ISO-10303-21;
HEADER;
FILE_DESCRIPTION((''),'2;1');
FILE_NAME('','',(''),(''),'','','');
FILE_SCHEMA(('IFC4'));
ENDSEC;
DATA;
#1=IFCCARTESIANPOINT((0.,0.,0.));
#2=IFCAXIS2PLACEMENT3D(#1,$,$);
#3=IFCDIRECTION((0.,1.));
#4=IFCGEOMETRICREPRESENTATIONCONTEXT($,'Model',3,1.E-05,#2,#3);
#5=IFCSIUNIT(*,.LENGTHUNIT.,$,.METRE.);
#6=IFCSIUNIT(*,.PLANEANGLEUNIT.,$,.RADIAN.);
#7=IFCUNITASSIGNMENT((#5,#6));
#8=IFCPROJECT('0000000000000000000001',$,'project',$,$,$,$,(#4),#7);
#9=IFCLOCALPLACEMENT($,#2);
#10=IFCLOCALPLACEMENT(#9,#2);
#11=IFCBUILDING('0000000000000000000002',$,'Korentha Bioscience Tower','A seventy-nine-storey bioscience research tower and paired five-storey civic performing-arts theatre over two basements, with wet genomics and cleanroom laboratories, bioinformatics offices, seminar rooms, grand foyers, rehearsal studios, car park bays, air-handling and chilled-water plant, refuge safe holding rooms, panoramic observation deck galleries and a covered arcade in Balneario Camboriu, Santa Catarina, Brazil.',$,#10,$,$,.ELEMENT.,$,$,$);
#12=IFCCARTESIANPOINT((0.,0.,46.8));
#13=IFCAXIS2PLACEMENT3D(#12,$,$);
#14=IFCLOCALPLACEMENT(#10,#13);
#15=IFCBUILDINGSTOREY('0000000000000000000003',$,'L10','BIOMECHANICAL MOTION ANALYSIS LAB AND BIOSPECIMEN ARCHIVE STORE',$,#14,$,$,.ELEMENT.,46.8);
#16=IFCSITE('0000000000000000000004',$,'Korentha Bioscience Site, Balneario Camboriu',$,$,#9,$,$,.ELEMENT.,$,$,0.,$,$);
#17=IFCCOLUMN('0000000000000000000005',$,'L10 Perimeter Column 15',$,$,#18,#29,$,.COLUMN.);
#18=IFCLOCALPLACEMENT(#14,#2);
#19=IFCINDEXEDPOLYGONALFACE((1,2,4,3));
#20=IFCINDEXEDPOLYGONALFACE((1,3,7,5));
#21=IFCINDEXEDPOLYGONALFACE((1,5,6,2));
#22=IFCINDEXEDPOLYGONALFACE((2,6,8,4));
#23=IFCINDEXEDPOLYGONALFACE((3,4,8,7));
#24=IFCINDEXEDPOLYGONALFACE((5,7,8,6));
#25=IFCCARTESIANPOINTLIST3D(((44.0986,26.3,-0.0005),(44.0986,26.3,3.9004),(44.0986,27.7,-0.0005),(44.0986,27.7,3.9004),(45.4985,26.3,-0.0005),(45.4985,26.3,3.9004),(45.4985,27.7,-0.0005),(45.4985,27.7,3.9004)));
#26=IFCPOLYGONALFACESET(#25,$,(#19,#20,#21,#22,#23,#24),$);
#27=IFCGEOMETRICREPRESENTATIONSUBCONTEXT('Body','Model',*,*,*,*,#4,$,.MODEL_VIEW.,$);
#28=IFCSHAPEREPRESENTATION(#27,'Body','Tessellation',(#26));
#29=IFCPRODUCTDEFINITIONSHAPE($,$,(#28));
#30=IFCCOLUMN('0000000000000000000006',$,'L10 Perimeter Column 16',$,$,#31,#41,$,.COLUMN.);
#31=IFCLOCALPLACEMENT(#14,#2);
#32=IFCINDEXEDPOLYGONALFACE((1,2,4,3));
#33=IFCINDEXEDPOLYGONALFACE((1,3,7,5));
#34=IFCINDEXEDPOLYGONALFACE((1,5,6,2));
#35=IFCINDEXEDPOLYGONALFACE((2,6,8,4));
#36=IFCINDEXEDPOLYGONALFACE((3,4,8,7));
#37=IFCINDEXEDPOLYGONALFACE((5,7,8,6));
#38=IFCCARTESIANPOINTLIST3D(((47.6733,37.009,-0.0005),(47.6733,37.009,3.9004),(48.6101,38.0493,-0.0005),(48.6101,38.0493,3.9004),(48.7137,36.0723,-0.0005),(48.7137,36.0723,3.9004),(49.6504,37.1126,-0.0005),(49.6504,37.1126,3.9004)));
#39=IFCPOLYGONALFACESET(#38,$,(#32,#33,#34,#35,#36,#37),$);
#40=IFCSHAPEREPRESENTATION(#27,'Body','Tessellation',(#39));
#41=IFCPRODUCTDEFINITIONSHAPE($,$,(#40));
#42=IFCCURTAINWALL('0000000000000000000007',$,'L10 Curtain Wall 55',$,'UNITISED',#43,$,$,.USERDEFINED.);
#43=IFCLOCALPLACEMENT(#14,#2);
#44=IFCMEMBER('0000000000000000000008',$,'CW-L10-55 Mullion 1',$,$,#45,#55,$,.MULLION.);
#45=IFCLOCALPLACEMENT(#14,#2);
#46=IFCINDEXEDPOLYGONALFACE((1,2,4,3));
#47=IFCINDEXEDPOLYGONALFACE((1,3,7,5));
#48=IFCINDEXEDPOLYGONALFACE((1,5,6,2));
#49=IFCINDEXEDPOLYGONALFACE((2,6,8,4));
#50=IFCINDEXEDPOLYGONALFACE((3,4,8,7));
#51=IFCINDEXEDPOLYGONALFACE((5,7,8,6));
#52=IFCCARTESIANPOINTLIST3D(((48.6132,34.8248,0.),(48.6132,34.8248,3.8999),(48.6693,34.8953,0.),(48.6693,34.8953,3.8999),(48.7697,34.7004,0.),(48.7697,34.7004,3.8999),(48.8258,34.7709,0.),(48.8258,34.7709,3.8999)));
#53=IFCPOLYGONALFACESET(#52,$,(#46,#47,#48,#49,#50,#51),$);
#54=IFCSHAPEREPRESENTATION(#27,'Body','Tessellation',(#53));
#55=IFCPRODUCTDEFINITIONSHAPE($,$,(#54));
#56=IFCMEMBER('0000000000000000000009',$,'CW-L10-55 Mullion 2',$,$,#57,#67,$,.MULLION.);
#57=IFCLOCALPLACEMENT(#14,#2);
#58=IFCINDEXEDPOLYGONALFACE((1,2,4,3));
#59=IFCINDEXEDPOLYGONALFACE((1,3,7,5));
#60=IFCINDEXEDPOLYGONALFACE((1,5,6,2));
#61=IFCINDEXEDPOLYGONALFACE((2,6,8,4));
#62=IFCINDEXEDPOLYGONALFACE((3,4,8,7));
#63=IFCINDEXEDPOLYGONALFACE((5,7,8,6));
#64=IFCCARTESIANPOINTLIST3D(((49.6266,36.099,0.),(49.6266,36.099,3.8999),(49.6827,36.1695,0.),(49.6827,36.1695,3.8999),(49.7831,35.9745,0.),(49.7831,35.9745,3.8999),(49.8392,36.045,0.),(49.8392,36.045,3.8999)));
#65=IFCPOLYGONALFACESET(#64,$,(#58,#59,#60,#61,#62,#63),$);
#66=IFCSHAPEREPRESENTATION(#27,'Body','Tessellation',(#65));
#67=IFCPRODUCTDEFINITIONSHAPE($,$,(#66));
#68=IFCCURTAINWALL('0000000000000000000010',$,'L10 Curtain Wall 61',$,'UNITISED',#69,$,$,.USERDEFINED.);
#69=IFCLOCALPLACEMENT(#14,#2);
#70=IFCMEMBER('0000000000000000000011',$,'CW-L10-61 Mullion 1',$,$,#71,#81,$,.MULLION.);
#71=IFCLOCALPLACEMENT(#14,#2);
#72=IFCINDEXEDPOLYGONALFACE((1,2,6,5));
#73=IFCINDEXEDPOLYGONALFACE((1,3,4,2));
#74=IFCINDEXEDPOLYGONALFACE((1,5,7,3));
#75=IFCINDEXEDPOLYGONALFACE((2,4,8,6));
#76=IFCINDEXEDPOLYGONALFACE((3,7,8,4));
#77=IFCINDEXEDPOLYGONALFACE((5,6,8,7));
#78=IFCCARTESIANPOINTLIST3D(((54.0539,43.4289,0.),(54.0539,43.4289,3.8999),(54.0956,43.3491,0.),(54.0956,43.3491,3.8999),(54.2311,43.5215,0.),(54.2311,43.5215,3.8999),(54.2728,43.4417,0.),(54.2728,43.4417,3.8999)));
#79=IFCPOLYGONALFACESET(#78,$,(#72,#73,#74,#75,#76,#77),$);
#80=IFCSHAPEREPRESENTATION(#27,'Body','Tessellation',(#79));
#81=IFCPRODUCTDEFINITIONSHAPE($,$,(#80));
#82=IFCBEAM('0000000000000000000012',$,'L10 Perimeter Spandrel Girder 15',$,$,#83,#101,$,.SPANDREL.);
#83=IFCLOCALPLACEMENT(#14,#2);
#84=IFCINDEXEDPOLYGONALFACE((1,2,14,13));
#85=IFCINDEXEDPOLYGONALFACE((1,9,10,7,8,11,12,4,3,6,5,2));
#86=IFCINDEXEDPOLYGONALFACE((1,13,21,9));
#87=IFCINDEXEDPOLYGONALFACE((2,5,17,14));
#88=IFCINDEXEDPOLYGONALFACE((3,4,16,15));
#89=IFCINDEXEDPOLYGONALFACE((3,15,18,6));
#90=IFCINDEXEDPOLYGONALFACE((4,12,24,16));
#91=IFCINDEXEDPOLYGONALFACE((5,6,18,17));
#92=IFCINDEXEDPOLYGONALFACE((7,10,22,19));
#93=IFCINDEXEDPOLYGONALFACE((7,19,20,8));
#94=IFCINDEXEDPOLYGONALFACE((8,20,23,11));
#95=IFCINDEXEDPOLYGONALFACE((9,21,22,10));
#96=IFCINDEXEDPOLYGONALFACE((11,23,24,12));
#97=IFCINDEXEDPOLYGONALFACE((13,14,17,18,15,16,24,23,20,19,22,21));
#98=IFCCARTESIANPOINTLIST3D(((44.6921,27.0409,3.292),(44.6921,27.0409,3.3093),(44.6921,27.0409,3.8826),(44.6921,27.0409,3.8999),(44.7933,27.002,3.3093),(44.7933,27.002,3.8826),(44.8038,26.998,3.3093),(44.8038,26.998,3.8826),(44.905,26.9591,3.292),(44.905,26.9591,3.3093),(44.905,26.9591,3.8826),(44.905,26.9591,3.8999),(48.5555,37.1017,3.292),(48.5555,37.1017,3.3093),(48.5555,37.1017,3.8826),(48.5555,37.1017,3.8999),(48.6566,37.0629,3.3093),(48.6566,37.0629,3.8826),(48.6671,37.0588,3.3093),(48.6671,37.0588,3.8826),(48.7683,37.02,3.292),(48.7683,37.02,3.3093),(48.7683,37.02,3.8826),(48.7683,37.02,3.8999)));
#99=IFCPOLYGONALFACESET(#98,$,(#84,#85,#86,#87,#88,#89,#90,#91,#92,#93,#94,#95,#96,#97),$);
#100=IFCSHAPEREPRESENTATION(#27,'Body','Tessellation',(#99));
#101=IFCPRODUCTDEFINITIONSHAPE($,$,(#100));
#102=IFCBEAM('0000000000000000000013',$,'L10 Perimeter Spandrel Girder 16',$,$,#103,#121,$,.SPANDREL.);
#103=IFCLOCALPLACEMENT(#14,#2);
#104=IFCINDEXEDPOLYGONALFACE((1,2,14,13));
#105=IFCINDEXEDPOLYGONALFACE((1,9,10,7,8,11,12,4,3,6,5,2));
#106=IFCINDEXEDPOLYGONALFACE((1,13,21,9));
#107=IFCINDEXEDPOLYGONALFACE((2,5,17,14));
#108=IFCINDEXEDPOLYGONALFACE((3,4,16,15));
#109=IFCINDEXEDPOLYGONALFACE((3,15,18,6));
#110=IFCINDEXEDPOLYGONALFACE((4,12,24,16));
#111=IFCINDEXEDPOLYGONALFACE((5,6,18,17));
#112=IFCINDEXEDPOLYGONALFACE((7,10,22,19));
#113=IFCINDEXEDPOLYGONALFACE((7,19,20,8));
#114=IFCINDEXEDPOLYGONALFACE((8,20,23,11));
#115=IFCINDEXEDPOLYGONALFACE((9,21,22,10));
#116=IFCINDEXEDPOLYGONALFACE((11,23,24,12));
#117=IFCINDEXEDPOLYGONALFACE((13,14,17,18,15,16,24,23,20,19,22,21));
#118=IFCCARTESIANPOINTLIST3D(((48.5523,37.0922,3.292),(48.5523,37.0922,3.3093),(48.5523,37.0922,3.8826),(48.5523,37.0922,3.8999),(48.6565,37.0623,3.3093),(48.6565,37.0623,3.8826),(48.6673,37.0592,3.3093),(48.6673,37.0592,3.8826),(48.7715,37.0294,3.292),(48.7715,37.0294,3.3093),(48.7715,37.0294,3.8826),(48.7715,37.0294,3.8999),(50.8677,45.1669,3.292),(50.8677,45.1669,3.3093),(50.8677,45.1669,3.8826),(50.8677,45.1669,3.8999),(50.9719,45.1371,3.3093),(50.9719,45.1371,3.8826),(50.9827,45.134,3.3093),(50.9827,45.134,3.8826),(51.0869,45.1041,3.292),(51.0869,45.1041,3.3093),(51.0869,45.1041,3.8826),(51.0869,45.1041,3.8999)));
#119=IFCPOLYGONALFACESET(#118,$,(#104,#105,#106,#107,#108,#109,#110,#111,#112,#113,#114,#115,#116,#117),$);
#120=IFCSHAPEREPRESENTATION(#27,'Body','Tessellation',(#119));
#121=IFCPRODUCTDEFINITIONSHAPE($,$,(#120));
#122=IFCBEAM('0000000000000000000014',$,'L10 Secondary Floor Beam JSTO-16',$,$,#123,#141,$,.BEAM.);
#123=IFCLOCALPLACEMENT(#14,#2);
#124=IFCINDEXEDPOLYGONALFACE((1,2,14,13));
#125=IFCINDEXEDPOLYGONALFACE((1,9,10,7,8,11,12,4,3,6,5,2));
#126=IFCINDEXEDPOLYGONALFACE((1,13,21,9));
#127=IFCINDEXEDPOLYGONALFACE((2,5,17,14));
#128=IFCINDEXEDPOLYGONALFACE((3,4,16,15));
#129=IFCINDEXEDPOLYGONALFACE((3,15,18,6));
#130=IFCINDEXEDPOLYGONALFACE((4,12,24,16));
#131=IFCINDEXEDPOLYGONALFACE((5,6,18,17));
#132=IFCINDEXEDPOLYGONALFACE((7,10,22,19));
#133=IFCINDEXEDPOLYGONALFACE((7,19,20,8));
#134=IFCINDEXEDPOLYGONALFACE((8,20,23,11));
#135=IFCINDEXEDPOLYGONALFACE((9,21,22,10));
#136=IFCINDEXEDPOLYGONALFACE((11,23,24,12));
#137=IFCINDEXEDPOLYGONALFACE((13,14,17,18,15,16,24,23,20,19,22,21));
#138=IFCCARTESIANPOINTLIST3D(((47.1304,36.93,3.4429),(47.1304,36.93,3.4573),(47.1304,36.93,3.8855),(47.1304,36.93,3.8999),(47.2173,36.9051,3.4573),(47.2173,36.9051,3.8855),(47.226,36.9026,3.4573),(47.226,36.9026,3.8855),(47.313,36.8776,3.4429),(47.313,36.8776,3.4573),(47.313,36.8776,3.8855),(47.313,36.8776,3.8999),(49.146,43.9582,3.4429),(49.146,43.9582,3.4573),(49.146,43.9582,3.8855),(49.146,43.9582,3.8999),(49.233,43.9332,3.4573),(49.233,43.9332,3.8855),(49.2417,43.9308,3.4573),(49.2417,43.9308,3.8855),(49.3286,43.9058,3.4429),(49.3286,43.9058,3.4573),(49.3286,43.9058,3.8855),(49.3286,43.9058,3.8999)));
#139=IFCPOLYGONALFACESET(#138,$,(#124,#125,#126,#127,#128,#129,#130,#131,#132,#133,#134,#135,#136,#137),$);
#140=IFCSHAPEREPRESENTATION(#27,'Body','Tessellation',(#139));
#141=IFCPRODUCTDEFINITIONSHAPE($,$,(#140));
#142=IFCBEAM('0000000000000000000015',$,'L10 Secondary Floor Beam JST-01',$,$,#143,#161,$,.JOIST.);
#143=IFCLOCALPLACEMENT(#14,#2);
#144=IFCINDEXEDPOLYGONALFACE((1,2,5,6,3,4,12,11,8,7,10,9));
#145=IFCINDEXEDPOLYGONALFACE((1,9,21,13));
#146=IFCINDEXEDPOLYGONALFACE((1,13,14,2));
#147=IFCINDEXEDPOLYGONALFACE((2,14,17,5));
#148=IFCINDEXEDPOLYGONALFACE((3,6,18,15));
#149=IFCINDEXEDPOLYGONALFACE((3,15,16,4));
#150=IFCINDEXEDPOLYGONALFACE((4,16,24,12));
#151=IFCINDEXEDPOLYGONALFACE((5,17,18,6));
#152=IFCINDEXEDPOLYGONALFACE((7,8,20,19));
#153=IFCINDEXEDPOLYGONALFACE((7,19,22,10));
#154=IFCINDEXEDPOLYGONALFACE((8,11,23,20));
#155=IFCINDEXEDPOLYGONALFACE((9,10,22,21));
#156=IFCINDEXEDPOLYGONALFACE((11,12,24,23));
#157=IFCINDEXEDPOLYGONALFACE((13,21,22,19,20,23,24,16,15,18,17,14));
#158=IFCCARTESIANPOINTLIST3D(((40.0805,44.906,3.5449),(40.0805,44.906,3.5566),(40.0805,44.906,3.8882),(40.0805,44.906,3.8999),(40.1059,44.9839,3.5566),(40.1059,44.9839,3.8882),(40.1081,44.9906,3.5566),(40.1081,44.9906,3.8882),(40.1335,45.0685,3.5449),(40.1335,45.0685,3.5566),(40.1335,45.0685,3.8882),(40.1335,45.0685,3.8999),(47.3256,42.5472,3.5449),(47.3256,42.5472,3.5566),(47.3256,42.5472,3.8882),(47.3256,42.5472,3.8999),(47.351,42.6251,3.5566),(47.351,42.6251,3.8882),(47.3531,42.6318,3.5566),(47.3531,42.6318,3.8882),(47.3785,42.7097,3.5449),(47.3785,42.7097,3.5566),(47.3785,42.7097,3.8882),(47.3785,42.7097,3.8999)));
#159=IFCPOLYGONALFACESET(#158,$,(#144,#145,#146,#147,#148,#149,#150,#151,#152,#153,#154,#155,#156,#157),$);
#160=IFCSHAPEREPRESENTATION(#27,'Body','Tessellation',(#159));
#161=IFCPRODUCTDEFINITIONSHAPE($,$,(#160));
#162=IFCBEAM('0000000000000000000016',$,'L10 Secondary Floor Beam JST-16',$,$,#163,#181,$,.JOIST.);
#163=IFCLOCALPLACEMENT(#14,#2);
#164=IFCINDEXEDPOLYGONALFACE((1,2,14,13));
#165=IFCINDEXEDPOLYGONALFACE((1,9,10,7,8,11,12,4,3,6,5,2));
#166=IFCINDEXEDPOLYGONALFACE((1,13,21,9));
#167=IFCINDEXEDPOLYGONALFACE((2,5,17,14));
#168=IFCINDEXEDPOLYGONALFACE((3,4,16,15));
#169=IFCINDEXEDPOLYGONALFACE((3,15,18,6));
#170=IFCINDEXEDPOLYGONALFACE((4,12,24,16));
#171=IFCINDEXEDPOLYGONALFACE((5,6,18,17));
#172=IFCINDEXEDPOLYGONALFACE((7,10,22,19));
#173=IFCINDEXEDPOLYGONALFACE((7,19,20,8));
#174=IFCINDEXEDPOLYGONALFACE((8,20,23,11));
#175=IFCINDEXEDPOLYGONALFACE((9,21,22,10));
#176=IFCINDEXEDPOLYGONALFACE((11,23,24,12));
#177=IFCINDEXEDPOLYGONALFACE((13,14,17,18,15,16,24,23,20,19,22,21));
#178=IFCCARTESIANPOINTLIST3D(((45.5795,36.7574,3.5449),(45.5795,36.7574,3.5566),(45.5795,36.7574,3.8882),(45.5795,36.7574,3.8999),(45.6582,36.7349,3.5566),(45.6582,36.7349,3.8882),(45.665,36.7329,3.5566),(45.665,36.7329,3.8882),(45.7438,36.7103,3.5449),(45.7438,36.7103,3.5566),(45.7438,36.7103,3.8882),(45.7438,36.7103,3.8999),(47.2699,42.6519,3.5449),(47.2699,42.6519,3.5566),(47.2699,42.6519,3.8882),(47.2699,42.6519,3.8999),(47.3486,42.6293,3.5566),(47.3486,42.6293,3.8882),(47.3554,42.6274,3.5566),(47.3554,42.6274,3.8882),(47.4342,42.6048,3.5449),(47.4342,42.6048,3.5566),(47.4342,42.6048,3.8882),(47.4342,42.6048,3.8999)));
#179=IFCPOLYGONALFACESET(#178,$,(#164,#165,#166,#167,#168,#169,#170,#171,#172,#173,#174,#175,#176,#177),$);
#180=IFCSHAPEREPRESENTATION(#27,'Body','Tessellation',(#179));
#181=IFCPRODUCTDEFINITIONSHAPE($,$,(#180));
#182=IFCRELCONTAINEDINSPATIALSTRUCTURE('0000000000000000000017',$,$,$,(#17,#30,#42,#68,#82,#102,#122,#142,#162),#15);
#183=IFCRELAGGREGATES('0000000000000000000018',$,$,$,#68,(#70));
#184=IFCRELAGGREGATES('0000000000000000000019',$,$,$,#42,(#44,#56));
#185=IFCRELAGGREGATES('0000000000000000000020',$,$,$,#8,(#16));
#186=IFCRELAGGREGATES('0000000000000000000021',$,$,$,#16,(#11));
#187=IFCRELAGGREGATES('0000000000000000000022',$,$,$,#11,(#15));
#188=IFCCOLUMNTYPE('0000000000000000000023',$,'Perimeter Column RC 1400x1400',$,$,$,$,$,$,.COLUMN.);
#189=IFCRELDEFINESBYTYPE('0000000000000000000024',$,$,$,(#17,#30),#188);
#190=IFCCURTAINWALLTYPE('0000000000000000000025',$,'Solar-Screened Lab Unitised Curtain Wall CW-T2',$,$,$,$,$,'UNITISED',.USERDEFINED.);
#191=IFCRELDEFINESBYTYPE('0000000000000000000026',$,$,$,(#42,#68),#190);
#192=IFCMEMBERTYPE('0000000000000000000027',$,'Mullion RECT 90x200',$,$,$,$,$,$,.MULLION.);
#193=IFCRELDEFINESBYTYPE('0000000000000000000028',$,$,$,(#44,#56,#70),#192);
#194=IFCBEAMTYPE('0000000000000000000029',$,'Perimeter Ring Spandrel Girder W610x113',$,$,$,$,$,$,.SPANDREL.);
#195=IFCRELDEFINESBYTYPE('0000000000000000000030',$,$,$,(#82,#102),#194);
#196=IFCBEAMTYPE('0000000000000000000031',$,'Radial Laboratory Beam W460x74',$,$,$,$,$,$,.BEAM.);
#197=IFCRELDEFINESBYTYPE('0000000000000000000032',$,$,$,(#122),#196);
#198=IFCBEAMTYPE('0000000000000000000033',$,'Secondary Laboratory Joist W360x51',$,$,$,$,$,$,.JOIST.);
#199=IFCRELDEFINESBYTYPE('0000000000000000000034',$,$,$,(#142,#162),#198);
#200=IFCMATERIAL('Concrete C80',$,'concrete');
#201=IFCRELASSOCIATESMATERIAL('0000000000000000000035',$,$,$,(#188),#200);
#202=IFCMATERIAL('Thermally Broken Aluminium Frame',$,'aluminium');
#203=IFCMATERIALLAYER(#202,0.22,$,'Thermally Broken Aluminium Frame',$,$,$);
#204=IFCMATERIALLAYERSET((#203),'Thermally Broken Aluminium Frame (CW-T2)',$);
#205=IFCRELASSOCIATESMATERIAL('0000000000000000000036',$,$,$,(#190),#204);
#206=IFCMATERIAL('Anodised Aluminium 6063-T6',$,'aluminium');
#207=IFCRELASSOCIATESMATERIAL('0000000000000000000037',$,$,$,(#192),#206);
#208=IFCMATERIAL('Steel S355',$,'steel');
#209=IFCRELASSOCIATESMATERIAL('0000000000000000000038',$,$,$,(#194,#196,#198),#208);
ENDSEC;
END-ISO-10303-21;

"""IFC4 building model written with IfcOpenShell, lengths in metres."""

from ifc_helpers import new_model, si_unit, direction, frame, origin, origin_2d, place, context, subcontext, project, spatial, rectangle, i_section, extrude, material, layer, layer_set, material_profile, profile_set, type_object, element, aggregate, save


model = new_model("IFC4")

# Units and contexts
model_context = context("Model", 3, precision=1e-05, world=origin(), true_north=direction((0.0, 1.0)))
body_context = subcontext(model_context, "Body", "Model", "MODEL_VIEW")
ifc_project = project(units=[si_unit("LENGTHUNIT", "METRE"), si_unit("PLANEANGLEUNIT", "RADIAN")], contexts=[model_context])

# Site, building, storey
site_placement = place(None, origin())
site = spatial("IfcSite", under=ifc_project, at=site_placement, Name="Korentha Bioscience Site, Balneario Camboriu", CompositionType="ELEMENT", RefElevation=0.0)
building_placement = place(site_placement, origin())
building = spatial("IfcBuilding", under=site, at=building_placement, Name="Korentha Bioscience Tower", Description="A seventy-nine-storey bioscience research tower and paired five-storey civic performing-arts theatre over two basements, with wet genomics and cleanroom laboratories, bioinformatics offices, seminar rooms, grand foyers, rehearsal studios, car park bays, air-handling and chilled-water plant, refuge safe holding rooms, panoramic observation deck galleries and a covered arcade in Balneario Camboriu, Santa Catarina, Brazil.", CompositionType="ELEMENT")
storey_placement = place(building_placement, frame((0.0, 0.0, 46.8)))
storey = spatial("IfcBuildingStorey", under=building, at=storey_placement, Name="L10", Description="BIOMECHANICAL MOTION ANALYSIS LAB AND BIOSPECIMEN ARCHIVE STORE", CompositionType="ELEMENT", Elevation=46.8)

# Columns
ifc_material_1 = material(Name="Concrete C80", Category="concrete")
ifc_material_profile_1 = material_profile(ifc_material_1, rectangle(XDim=1.3999, YDim=1.3999, at=origin_2d()), Name="Concrete C80")
ifc_profile_set_1 = profile_set([ifc_material_profile_1], Name="Concrete C80 (COL-P14)")
column_type = type_object("IfcColumnType", Name="Perimeter Column RC 1400x1400", PredefinedType="COLUMN", material=ifc_profile_set_1)
for number, where, z_axis, x_axis, name in (
    (1, (44.7986, 27.0, -0.0005), (0.0, 0.0, 1.0), (0.0, 1.0, 0.0), "L10 Perimeter Column 15"),
    (2, (48.6619, 37.0608, -0.0005), (0.0, 0.0, 1.0), (0.669131, 0.743145, 0.0), "L10 Perimeter Column 16"),
):
    element("IfcColumn", number, at=place(storey_placement, frame(where, z_axis=z_axis, x_axis=x_axis)), inside=storey, type_object=column_type, Name=name, PredefinedType="COLUMN", context=body_context, shape_type="SweptSolid", body=[
        extrude(rectangle(XDim=1.3999, YDim=1.3999, at=origin_2d()), origin(), (0.0, 0.0, 1.0), 3.9009),
    ])

# Curtain wall, members
ifc_material_2 = material(Name="Thermally Broken Aluminium Frame", Category="aluminium")
ifc_layer_1 = layer(ifc_material_2, 0.22, Name="Thermally Broken Aluminium Frame")
ifc_layer_set_1 = layer_set([ifc_layer_1], Name="Thermally Broken Aluminium Frame (CW-T2)")
curtain_wall_type = type_object("IfcCurtainWallType", Name="Solar-Screened Lab Unitised Curtain Wall CW-T2", ElementType="UNITISED", PredefinedType="USERDEFINED", material=ifc_layer_set_1)
curtain_wall_1_placement = place(storey_placement, origin())
curtain_wall_1 = element("IfcCurtainWall", 3, at=curtain_wall_1_placement, inside=storey, type_object=curtain_wall_type, Name="L10 Curtain Wall 55", ObjectType="UNITISED", PredefinedType="USERDEFINED")
ifc_material_3 = material(Name="Anodised Aluminium 6063-T6", Category="aluminium")
ifc_material_profile_2 = material_profile(ifc_material_3, rectangle(XDim=0.0901, YDim=0.2, at=origin_2d()), Name="Anodised Aluminium 6063-T6")
ifc_profile_set_2 = profile_set([ifc_material_profile_2], Name="Anodised Aluminium 6063-T6 (CW-MUL)")
member_type_1 = type_object("IfcMemberType", Name="Mullion RECT 90x200", PredefinedType="MULLION", material=ifc_profile_set_2)
member_1_placement = place(storey_placement, frame((48.7195, 34.7979, 0.0), z_axis=(0.0, 0.0, 1.0), x_axis=(0.62252, 0.782604, 0.0)))
member_1 = element("IfcMember", 4, at=member_1_placement, type_object=member_type_1, Name="CW-L10-55 Mullion 1", PredefinedType="MULLION", context=body_context, shape_type="SweptSolid", body=[
    extrude(rectangle(XDim=0.0901, YDim=0.2, at=origin_2d()), origin(), (0.0, 0.0, 1.0), 3.8999),
])
member_2_placement = place(storey_placement, frame((49.7329, 36.072, 0.0), z_axis=(0.0, 0.0, 1.0), x_axis=(0.62252, 0.782604, 0.0)))
member_2 = element("IfcMember", 5, at=member_2_placement, type_object=member_type_1, Name="CW-L10-55 Mullion 2", PredefinedType="MULLION", context=body_context, shape_type="SweptSolid", body=[
    extrude(rectangle(XDim=0.0901, YDim=0.2, at=origin_2d()), origin(), (0.0, 0.0, 1.0), 3.8999),
])

# Curtain wall, member
curtain_wall_2_placement = place(storey_placement, origin())
curtain_wall_2 = element("IfcCurtainWall", 6, at=curtain_wall_2_placement, inside=storey, type_object=curtain_wall_type, Name="L10 Curtain Wall 61", ObjectType="UNITISED", PredefinedType="USERDEFINED")
member_3_placement = place(storey_placement, frame((54.1633, 43.4353, 0.0), z_axis=(0.0, 0.0, 1.0), x_axis=(-0.463009, 0.886354, 0.0)))
member_3 = element("IfcMember", 7, at=member_3_placement, type_object=member_type_1, Name="CW-L10-61 Mullion 1", PredefinedType="MULLION", context=body_context, shape_type="SweptSolid", body=[
    extrude(rectangle(XDim=0.0901, YDim=0.2, at=origin_2d()), origin(), (0.0, 0.0, 1.0), 3.8999),
])

# Beams
ifc_material_4 = material(Name="Steel S355", Category="steel")
ifc_material_profile_3 = material_profile(ifc_material_4, i_section(OverallWidth=0.228, OverallDepth=0.6079, WebThickness=0.0112, FlangeThickness=0.0173, at=origin_2d()), Name="Steel S355")
ifc_profile_set_3 = profile_set([ifc_material_profile_3], Name="Steel S355 (SB-610)")
beam_type_1 = type_object("IfcBeamType", Name="Perimeter Ring Spandrel Girder W610x113", PredefinedType="SPANDREL", material=ifc_profile_set_3)
beam_1_placement = place(storey_placement, frame((44.7986, 27.0, 3.5959), z_axis=(0.358474, 0.93354, 0.0), x_axis=(-0.93354, 0.358474, 0.0)))
element("IfcBeam", 8, at=beam_1_placement, inside=storey, type_object=beam_type_1, Name="L10 Perimeter Spandrel Girder 15", PredefinedType="SPANDREL", context=body_context, shape_type="SweptSolid", body=[
    extrude(i_section(OverallWidth=0.228, OverallDepth=0.6079, WebThickness=0.0112, FlangeThickness=0.0173, at=origin_2d()), origin(), (0.0, 0.0, 1.0), 10.7771),
])
beam_2_placement = place(storey_placement, frame((48.6619, 37.0608, 3.5959), z_axis=(0.275642, 0.96126, 0.0), x_axis=(-0.96126, 0.275642, 0.0)))
element("IfcBeam", 9, at=beam_2_placement, inside=storey, type_object=beam_type_1, Name="L10 Perimeter Spandrel Girder 16", PredefinedType="SPANDREL", context=body_context, shape_type="SweptSolid", body=[
    extrude(i_section(OverallWidth=0.228, OverallDepth=0.6079, WebThickness=0.0112, FlangeThickness=0.0173, at=origin_2d()), origin(), (0.0, 0.0, 1.0), 8.4001),
])
ifc_material_profile_4 = material_profile(ifc_material_4, i_section(OverallWidth=0.1899, OverallDepth=0.457, WebThickness=0.009, FlangeThickness=0.0144, at=origin_2d()), Name="Steel S355")
ifc_profile_set_4 = profile_set([ifc_material_profile_4], Name="Steel S355 (RB-460)")
beam_type_2 = type_object("IfcBeamType", Name="Radial Laboratory Beam W460x74", PredefinedType="BEAM", material=ifc_profile_set_4)
beam_3_placement = place(storey_placement, frame((47.2217, 36.9038, 3.6714), z_axis=(0.275682, 0.961249, 0.0), x_axis=(-0.961249, 0.275682, 0.0)))
element("IfcBeam", 10, at=beam_3_placement, inside=storey, type_object=beam_type_2, Name="L10 Secondary Floor Beam JSTO-16", PredefinedType="BEAM", context=body_context, shape_type="SweptSolid", body=[
    extrude(i_section(OverallWidth=0.1899, OverallDepth=0.457, WebThickness=0.009, FlangeThickness=0.0144, at=origin_2d()), origin(), (0.0, 0.0, 1.0), 7.3115),
])
ifc_material_profile_5 = material_profile(ifc_material_4, i_section(OverallWidth=0.1709, OverallDepth=0.355, WebThickness=0.0071, FlangeThickness=0.0117, at=origin_2d()), Name="Steel S355")
ifc_profile_set_5 = profile_set([ifc_material_profile_5], Name="Steel S355 (JB-360)")
beam_type_3 = type_object("IfcBeamType", Name="Secondary Laboratory Joist W360x51", PredefinedType="JOIST", material=ifc_profile_set_5)
beam_4_placement = place(storey_placement, frame((47.3521, 42.6284, 3.7224), z_axis=(-0.950871, 0.309587, 0.0), x_axis=(-0.309587, -0.950871, 0.0)))
element("IfcBeam", 11, at=beam_4_placement, inside=storey, type_object=beam_type_3, Name="L10 Secondary Floor Beam JST-01", PredefinedType="JOIST", context=body_context, shape_type="SweptSolid", body=[
    extrude(i_section(OverallWidth=0.1709, OverallDepth=0.355, WebThickness=0.0071, FlangeThickness=0.0117, at=origin_2d()), origin(), (0.0, 0.0, 1.0), 7.6194),
])
beam_5_placement = place(storey_placement, frame((45.6616, 36.7339, 3.7224), z_axis=(0.275668, 0.961253, 0.0), x_axis=(-0.961253, 0.275668, 0.0)))
element("IfcBeam", 12, at=beam_5_placement, inside=storey, type_object=beam_type_3, Name="L10 Secondary Floor Beam JST-16", PredefinedType="JOIST", context=body_context, shape_type="SweptSolid", body=[
    extrude(i_section(OverallWidth=0.1709, OverallDepth=0.355, WebThickness=0.0071, FlangeThickness=0.0117, at=origin_2d()), origin(), (0.0, 0.0, 1.0), 6.1321),
])

aggregate(curtain_wall_2, [member_3])

aggregate(curtain_wall_1, [member_1, member_2])

save(model, "model.ifc")
